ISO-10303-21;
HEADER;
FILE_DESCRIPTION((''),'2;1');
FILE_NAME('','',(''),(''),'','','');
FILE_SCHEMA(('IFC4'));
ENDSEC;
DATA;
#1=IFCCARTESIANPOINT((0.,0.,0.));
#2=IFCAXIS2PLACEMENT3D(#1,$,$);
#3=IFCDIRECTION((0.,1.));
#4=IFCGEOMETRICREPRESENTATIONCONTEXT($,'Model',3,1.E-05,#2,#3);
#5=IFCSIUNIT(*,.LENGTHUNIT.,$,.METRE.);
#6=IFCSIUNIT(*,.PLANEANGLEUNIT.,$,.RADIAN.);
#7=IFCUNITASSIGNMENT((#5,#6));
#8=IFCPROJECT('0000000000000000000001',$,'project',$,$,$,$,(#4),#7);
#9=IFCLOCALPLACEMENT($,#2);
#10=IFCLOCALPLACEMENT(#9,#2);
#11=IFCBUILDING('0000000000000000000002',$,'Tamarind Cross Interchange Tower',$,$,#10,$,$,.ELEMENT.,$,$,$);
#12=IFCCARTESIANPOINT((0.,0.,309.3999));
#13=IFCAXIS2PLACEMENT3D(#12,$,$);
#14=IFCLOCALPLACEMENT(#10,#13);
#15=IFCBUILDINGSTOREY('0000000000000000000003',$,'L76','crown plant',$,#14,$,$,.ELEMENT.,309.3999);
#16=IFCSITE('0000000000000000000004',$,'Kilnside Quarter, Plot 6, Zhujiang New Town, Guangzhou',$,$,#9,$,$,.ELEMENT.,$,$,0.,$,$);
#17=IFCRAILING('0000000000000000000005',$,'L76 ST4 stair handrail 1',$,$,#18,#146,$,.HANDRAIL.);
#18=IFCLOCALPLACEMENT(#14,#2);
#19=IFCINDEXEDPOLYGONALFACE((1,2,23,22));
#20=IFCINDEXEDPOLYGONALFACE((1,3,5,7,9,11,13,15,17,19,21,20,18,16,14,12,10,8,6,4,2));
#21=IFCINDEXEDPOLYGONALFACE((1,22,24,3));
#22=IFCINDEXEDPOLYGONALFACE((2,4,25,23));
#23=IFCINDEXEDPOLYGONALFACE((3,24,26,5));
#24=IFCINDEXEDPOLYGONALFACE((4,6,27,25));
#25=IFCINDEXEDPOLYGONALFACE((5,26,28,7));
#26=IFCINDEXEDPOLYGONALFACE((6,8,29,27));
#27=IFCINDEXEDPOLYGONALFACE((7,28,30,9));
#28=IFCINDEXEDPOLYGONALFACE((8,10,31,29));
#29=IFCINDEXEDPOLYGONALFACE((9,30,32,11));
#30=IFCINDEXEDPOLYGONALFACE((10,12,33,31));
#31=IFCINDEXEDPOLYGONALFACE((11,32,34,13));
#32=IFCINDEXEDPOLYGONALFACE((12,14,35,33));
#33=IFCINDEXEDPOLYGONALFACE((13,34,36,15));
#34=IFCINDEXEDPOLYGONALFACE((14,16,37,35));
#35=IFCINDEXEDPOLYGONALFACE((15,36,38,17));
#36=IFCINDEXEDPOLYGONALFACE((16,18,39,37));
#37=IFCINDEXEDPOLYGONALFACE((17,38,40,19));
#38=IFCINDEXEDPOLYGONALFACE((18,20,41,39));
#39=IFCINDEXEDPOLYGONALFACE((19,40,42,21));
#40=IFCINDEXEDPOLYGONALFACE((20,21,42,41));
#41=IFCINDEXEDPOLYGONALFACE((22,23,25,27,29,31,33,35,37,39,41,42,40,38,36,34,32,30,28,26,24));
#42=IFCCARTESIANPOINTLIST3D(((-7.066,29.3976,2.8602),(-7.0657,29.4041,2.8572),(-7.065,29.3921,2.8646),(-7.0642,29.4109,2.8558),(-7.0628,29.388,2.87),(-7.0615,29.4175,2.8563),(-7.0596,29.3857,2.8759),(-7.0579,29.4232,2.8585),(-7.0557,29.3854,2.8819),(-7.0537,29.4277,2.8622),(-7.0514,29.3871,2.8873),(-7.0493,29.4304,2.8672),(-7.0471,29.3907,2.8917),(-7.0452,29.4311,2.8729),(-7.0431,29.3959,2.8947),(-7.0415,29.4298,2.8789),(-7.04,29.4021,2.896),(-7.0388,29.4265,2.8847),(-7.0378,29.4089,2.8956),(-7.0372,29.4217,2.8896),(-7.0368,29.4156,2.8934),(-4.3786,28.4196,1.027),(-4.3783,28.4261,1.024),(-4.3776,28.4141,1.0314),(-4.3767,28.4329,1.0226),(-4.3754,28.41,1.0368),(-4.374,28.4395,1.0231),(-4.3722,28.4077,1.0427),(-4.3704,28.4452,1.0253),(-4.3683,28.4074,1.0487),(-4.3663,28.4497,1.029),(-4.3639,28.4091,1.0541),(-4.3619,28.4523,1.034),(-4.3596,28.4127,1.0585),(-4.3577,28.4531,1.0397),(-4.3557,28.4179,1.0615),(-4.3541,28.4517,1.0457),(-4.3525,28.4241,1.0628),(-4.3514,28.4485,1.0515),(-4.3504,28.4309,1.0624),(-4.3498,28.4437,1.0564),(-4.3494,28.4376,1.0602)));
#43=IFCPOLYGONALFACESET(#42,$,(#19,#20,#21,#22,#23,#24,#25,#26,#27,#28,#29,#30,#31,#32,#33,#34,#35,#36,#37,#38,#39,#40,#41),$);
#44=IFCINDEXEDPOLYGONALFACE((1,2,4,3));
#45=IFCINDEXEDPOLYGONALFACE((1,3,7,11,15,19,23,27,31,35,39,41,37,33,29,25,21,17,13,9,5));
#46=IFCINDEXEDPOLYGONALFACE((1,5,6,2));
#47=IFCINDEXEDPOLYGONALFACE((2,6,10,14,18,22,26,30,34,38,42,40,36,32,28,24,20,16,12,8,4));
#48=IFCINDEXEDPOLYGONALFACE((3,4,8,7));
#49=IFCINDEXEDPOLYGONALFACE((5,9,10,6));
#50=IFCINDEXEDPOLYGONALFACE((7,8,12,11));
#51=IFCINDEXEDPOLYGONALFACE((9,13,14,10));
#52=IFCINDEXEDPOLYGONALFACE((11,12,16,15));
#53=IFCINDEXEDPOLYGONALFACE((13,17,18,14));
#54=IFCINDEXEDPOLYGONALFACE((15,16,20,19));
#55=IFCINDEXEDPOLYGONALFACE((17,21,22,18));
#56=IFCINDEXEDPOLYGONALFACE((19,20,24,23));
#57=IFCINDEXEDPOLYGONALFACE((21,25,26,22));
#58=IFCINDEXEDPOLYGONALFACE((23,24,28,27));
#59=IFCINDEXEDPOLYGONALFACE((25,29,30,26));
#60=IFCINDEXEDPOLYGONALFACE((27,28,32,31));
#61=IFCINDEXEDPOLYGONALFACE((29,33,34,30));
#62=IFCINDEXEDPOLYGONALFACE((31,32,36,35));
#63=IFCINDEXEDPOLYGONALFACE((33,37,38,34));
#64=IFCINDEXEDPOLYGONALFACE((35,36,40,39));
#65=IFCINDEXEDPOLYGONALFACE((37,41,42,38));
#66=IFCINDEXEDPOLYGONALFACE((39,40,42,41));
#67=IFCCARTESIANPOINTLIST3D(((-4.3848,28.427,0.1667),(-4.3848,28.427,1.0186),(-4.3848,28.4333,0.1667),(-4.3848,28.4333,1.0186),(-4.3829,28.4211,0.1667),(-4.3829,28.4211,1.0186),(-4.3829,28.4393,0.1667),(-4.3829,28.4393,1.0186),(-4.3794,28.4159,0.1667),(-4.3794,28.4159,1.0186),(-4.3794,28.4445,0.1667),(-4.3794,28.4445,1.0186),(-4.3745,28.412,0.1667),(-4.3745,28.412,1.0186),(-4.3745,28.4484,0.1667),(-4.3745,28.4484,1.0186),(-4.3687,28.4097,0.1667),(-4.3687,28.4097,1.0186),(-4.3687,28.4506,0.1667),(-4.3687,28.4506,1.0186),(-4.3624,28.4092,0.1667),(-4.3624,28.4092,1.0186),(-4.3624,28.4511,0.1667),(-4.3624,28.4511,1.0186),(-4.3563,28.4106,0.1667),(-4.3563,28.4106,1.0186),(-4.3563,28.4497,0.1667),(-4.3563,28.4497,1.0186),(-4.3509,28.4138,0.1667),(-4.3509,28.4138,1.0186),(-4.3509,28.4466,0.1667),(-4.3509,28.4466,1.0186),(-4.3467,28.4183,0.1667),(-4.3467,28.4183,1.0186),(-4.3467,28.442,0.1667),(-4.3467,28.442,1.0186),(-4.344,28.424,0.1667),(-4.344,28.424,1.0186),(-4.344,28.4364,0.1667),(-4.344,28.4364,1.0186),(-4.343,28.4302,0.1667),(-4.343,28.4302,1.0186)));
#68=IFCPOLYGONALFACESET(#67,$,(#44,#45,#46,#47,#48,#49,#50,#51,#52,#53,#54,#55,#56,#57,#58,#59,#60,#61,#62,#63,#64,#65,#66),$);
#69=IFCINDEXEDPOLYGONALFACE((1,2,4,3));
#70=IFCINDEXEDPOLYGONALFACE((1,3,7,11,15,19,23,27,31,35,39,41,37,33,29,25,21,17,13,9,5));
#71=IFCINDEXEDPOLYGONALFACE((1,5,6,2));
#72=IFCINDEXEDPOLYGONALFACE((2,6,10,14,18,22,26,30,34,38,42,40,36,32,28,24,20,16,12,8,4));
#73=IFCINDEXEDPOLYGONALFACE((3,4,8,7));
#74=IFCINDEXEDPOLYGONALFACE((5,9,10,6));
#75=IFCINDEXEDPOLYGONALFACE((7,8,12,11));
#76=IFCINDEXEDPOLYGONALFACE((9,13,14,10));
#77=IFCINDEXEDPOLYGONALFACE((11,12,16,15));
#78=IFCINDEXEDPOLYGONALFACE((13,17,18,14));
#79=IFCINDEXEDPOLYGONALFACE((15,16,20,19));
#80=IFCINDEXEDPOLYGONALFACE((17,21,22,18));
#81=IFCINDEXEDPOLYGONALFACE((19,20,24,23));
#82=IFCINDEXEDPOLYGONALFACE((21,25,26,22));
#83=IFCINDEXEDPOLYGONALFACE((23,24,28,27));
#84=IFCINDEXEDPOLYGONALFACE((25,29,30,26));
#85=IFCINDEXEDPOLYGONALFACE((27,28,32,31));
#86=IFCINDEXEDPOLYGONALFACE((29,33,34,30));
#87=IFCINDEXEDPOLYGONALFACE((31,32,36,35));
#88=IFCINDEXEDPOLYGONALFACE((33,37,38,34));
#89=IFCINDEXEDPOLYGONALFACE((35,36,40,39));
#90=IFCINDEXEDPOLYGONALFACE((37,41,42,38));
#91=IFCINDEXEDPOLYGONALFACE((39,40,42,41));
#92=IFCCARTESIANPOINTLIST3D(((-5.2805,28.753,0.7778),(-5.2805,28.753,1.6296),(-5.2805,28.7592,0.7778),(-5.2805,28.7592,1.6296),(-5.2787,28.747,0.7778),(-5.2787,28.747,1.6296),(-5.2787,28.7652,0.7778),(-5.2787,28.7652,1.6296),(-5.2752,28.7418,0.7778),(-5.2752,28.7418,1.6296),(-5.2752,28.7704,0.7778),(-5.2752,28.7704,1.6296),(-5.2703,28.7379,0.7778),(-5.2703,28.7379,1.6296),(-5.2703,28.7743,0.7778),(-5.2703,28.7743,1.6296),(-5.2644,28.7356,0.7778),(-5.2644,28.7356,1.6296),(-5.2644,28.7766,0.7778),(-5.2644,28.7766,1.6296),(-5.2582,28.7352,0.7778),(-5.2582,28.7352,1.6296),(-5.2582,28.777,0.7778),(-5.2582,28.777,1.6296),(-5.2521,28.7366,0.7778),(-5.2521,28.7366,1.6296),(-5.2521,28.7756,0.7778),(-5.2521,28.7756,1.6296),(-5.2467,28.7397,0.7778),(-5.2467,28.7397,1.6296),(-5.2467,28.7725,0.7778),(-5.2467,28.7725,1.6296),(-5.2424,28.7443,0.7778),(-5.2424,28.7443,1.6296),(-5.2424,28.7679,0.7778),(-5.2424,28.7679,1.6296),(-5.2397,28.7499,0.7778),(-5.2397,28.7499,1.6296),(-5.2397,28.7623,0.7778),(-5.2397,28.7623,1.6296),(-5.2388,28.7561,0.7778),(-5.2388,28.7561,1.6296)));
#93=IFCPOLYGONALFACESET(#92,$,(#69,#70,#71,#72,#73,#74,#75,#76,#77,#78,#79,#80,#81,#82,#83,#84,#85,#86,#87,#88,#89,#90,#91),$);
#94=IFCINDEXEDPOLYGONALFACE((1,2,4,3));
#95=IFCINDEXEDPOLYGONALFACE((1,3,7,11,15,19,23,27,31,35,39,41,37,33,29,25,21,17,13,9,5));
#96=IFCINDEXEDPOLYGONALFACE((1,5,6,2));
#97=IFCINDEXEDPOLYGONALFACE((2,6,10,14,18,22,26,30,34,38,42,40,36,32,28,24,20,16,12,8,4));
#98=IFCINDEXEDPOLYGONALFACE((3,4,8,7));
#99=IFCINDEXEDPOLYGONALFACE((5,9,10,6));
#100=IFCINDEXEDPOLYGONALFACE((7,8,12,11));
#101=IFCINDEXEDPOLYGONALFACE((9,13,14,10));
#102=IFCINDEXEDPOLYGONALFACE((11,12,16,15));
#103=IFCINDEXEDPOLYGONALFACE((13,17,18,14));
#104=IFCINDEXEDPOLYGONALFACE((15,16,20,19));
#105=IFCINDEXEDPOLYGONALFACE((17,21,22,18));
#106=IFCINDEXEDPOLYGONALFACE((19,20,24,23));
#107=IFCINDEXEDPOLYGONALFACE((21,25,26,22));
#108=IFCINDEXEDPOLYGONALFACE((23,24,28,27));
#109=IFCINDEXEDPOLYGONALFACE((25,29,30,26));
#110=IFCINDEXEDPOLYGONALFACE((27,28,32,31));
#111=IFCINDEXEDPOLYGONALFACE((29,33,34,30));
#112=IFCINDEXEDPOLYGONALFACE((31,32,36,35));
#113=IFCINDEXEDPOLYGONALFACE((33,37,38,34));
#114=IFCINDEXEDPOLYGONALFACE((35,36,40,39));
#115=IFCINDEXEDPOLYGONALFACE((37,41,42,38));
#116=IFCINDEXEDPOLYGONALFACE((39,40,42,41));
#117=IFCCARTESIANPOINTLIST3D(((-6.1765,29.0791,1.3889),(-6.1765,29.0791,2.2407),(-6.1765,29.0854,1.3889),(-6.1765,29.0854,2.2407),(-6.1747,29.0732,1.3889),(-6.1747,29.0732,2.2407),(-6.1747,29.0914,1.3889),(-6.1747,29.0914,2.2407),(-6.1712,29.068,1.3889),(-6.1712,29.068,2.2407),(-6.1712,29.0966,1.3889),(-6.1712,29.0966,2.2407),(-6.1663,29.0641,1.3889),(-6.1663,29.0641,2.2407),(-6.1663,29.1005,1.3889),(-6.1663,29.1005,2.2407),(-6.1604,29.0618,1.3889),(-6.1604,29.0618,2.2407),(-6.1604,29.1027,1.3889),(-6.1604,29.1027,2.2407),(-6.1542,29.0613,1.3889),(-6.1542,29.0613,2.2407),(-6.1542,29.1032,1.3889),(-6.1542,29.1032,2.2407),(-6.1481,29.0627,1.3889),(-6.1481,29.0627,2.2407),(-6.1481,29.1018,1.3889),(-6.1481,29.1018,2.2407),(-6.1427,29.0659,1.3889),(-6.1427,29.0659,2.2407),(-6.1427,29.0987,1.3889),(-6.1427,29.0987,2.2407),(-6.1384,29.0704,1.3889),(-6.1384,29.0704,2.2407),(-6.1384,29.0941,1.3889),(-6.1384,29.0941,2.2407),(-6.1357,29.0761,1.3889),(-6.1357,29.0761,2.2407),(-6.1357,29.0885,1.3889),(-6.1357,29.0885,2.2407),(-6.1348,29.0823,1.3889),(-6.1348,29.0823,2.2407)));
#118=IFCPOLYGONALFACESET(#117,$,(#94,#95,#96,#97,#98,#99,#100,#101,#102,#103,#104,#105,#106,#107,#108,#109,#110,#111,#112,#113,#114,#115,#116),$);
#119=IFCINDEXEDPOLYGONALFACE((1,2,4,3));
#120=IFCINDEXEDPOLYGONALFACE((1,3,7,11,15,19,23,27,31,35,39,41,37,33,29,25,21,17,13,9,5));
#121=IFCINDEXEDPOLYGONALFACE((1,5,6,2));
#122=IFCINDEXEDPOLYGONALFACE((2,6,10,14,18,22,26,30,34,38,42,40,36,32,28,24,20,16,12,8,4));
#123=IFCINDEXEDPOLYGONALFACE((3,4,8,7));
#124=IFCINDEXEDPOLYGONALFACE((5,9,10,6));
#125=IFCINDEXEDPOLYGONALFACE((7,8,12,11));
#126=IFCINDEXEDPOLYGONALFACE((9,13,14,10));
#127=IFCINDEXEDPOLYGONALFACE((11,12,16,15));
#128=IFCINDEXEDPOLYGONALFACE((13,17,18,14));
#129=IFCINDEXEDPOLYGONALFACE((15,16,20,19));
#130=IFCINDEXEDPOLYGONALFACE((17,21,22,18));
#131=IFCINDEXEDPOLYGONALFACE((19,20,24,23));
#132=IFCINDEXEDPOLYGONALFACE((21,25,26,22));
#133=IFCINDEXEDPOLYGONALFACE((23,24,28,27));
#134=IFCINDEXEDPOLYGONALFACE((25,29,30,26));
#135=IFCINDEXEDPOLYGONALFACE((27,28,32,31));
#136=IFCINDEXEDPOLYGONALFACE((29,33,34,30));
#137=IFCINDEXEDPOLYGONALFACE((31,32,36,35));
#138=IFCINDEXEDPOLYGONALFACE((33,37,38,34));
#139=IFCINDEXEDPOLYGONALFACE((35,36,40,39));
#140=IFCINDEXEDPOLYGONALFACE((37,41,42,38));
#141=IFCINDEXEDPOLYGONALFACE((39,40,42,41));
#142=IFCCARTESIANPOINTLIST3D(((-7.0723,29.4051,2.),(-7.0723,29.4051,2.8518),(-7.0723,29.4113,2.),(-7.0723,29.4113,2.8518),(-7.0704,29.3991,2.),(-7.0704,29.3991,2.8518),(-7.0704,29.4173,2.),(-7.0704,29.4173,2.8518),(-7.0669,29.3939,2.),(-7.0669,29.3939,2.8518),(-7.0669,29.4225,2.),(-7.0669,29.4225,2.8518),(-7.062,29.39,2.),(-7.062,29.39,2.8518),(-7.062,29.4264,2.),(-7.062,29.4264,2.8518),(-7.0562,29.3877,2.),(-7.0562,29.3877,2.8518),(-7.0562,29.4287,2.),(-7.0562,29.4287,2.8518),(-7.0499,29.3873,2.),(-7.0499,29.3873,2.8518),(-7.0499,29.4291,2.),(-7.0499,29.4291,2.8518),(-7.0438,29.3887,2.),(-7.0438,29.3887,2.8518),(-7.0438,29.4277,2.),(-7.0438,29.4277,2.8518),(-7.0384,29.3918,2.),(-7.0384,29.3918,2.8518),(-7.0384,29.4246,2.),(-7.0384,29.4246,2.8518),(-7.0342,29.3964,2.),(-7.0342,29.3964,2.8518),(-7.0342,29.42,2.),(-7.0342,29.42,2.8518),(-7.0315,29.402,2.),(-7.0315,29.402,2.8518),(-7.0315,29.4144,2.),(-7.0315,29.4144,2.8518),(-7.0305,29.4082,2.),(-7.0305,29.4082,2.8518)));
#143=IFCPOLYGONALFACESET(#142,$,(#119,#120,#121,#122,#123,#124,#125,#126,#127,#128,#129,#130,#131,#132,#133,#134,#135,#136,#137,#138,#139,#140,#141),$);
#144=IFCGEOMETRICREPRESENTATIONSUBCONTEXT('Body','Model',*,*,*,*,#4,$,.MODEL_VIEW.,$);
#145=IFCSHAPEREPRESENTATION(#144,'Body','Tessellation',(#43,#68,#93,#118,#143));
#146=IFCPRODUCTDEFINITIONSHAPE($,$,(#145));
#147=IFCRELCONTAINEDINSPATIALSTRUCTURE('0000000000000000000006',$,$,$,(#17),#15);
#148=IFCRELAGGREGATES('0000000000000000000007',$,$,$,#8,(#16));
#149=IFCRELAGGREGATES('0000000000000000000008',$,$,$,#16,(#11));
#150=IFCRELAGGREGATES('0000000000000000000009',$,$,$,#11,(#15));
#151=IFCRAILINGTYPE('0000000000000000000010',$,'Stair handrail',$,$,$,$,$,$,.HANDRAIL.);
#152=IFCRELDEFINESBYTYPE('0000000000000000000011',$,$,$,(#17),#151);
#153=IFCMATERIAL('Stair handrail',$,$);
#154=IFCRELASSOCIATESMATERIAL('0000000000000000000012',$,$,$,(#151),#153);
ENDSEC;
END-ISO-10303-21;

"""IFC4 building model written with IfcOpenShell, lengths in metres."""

from ifc_helpers import new_model, si_unit, direction, frame, origin, origin_2d, place, context, subcontext, project, spatial, circle, extrude, material, type_object, element, save


model = new_model("IFC4")

# Units and contexts
model_context = context("Model", 3, precision=1e-05, world=origin(), true_north=direction((0.0, 1.0)))
body_context = subcontext(model_context, "Body", "Model", "MODEL_VIEW")
ifc_project = project(units=[si_unit("LENGTHUNIT", "METRE"), si_unit("PLANEANGLEUNIT", "RADIAN")], contexts=[model_context])

# Site, building, storey
site_placement = place(None, origin())
site = spatial("IfcSite", under=ifc_project, at=site_placement, Name="Kilnside Quarter, Plot 6, Zhujiang New Town, Guangzhou", CompositionType="ELEMENT", RefElevation=0.0)
building_placement = place(site_placement, origin())
building = spatial("IfcBuilding", under=site, at=building_placement, Name="Tamarind Cross Interchange Tower", CompositionType="ELEMENT")
storey_placement = place(building_placement, frame((0.0, 0.0, 309.3999)))
storey = spatial("IfcBuildingStorey", under=building, at=storey_placement, Name="L76", Description="crown plant", CompositionType="ELEMENT", Elevation=309.3999)

# Railing
ifc_material_1 = material(Name="Stair handrail")
railing_type_1 = type_object("IfcRailingType", Name="Stair handrail", PredefinedType="HANDRAIL", material=ifc_material_1)
railing_1_placement = place(storey_placement, frame((-4.364, 28.4302, 0.1667)))
element("IfcRailing", 1, at=railing_1_placement, inside=storey, type_object=railing_type_1, Name="L76 ST4 stair handrail 1", PredefinedType="HANDRAIL", context=body_context, shape_type="SweptSolid", body=[
    extrude(circle(Radius=0.0239, at=origin_2d()), frame((0.0, 0.0, 0.876), z_axis=(-0.791126, 0.287904, 0.539659), x_axis=(-0.341976, -0.939709, 0.0)), (0.0, 0.0, 1.0), 3.397),
    extrude(circle(Radius=0.021, at=origin_2d()), origin(), (0.0, 0.0, 1.0), 0.8518),
    extrude(circle(Radius=0.021, at=origin_2d()), frame((-0.8958, 0.3259, 0.6111)), (0.0, 0.0, 1.0), 0.8518),
    extrude(circle(Radius=0.021, at=origin_2d()), frame((-1.7917, 0.6521, 1.2222)), (0.0, 0.0, 1.0), 0.8518),
    extrude(circle(Radius=0.021, at=origin_2d()), frame((-2.6875, 0.978, 1.8333)), (0.0, 0.0, 1.0), 0.8518),
])

save(model, "model.ifc")
